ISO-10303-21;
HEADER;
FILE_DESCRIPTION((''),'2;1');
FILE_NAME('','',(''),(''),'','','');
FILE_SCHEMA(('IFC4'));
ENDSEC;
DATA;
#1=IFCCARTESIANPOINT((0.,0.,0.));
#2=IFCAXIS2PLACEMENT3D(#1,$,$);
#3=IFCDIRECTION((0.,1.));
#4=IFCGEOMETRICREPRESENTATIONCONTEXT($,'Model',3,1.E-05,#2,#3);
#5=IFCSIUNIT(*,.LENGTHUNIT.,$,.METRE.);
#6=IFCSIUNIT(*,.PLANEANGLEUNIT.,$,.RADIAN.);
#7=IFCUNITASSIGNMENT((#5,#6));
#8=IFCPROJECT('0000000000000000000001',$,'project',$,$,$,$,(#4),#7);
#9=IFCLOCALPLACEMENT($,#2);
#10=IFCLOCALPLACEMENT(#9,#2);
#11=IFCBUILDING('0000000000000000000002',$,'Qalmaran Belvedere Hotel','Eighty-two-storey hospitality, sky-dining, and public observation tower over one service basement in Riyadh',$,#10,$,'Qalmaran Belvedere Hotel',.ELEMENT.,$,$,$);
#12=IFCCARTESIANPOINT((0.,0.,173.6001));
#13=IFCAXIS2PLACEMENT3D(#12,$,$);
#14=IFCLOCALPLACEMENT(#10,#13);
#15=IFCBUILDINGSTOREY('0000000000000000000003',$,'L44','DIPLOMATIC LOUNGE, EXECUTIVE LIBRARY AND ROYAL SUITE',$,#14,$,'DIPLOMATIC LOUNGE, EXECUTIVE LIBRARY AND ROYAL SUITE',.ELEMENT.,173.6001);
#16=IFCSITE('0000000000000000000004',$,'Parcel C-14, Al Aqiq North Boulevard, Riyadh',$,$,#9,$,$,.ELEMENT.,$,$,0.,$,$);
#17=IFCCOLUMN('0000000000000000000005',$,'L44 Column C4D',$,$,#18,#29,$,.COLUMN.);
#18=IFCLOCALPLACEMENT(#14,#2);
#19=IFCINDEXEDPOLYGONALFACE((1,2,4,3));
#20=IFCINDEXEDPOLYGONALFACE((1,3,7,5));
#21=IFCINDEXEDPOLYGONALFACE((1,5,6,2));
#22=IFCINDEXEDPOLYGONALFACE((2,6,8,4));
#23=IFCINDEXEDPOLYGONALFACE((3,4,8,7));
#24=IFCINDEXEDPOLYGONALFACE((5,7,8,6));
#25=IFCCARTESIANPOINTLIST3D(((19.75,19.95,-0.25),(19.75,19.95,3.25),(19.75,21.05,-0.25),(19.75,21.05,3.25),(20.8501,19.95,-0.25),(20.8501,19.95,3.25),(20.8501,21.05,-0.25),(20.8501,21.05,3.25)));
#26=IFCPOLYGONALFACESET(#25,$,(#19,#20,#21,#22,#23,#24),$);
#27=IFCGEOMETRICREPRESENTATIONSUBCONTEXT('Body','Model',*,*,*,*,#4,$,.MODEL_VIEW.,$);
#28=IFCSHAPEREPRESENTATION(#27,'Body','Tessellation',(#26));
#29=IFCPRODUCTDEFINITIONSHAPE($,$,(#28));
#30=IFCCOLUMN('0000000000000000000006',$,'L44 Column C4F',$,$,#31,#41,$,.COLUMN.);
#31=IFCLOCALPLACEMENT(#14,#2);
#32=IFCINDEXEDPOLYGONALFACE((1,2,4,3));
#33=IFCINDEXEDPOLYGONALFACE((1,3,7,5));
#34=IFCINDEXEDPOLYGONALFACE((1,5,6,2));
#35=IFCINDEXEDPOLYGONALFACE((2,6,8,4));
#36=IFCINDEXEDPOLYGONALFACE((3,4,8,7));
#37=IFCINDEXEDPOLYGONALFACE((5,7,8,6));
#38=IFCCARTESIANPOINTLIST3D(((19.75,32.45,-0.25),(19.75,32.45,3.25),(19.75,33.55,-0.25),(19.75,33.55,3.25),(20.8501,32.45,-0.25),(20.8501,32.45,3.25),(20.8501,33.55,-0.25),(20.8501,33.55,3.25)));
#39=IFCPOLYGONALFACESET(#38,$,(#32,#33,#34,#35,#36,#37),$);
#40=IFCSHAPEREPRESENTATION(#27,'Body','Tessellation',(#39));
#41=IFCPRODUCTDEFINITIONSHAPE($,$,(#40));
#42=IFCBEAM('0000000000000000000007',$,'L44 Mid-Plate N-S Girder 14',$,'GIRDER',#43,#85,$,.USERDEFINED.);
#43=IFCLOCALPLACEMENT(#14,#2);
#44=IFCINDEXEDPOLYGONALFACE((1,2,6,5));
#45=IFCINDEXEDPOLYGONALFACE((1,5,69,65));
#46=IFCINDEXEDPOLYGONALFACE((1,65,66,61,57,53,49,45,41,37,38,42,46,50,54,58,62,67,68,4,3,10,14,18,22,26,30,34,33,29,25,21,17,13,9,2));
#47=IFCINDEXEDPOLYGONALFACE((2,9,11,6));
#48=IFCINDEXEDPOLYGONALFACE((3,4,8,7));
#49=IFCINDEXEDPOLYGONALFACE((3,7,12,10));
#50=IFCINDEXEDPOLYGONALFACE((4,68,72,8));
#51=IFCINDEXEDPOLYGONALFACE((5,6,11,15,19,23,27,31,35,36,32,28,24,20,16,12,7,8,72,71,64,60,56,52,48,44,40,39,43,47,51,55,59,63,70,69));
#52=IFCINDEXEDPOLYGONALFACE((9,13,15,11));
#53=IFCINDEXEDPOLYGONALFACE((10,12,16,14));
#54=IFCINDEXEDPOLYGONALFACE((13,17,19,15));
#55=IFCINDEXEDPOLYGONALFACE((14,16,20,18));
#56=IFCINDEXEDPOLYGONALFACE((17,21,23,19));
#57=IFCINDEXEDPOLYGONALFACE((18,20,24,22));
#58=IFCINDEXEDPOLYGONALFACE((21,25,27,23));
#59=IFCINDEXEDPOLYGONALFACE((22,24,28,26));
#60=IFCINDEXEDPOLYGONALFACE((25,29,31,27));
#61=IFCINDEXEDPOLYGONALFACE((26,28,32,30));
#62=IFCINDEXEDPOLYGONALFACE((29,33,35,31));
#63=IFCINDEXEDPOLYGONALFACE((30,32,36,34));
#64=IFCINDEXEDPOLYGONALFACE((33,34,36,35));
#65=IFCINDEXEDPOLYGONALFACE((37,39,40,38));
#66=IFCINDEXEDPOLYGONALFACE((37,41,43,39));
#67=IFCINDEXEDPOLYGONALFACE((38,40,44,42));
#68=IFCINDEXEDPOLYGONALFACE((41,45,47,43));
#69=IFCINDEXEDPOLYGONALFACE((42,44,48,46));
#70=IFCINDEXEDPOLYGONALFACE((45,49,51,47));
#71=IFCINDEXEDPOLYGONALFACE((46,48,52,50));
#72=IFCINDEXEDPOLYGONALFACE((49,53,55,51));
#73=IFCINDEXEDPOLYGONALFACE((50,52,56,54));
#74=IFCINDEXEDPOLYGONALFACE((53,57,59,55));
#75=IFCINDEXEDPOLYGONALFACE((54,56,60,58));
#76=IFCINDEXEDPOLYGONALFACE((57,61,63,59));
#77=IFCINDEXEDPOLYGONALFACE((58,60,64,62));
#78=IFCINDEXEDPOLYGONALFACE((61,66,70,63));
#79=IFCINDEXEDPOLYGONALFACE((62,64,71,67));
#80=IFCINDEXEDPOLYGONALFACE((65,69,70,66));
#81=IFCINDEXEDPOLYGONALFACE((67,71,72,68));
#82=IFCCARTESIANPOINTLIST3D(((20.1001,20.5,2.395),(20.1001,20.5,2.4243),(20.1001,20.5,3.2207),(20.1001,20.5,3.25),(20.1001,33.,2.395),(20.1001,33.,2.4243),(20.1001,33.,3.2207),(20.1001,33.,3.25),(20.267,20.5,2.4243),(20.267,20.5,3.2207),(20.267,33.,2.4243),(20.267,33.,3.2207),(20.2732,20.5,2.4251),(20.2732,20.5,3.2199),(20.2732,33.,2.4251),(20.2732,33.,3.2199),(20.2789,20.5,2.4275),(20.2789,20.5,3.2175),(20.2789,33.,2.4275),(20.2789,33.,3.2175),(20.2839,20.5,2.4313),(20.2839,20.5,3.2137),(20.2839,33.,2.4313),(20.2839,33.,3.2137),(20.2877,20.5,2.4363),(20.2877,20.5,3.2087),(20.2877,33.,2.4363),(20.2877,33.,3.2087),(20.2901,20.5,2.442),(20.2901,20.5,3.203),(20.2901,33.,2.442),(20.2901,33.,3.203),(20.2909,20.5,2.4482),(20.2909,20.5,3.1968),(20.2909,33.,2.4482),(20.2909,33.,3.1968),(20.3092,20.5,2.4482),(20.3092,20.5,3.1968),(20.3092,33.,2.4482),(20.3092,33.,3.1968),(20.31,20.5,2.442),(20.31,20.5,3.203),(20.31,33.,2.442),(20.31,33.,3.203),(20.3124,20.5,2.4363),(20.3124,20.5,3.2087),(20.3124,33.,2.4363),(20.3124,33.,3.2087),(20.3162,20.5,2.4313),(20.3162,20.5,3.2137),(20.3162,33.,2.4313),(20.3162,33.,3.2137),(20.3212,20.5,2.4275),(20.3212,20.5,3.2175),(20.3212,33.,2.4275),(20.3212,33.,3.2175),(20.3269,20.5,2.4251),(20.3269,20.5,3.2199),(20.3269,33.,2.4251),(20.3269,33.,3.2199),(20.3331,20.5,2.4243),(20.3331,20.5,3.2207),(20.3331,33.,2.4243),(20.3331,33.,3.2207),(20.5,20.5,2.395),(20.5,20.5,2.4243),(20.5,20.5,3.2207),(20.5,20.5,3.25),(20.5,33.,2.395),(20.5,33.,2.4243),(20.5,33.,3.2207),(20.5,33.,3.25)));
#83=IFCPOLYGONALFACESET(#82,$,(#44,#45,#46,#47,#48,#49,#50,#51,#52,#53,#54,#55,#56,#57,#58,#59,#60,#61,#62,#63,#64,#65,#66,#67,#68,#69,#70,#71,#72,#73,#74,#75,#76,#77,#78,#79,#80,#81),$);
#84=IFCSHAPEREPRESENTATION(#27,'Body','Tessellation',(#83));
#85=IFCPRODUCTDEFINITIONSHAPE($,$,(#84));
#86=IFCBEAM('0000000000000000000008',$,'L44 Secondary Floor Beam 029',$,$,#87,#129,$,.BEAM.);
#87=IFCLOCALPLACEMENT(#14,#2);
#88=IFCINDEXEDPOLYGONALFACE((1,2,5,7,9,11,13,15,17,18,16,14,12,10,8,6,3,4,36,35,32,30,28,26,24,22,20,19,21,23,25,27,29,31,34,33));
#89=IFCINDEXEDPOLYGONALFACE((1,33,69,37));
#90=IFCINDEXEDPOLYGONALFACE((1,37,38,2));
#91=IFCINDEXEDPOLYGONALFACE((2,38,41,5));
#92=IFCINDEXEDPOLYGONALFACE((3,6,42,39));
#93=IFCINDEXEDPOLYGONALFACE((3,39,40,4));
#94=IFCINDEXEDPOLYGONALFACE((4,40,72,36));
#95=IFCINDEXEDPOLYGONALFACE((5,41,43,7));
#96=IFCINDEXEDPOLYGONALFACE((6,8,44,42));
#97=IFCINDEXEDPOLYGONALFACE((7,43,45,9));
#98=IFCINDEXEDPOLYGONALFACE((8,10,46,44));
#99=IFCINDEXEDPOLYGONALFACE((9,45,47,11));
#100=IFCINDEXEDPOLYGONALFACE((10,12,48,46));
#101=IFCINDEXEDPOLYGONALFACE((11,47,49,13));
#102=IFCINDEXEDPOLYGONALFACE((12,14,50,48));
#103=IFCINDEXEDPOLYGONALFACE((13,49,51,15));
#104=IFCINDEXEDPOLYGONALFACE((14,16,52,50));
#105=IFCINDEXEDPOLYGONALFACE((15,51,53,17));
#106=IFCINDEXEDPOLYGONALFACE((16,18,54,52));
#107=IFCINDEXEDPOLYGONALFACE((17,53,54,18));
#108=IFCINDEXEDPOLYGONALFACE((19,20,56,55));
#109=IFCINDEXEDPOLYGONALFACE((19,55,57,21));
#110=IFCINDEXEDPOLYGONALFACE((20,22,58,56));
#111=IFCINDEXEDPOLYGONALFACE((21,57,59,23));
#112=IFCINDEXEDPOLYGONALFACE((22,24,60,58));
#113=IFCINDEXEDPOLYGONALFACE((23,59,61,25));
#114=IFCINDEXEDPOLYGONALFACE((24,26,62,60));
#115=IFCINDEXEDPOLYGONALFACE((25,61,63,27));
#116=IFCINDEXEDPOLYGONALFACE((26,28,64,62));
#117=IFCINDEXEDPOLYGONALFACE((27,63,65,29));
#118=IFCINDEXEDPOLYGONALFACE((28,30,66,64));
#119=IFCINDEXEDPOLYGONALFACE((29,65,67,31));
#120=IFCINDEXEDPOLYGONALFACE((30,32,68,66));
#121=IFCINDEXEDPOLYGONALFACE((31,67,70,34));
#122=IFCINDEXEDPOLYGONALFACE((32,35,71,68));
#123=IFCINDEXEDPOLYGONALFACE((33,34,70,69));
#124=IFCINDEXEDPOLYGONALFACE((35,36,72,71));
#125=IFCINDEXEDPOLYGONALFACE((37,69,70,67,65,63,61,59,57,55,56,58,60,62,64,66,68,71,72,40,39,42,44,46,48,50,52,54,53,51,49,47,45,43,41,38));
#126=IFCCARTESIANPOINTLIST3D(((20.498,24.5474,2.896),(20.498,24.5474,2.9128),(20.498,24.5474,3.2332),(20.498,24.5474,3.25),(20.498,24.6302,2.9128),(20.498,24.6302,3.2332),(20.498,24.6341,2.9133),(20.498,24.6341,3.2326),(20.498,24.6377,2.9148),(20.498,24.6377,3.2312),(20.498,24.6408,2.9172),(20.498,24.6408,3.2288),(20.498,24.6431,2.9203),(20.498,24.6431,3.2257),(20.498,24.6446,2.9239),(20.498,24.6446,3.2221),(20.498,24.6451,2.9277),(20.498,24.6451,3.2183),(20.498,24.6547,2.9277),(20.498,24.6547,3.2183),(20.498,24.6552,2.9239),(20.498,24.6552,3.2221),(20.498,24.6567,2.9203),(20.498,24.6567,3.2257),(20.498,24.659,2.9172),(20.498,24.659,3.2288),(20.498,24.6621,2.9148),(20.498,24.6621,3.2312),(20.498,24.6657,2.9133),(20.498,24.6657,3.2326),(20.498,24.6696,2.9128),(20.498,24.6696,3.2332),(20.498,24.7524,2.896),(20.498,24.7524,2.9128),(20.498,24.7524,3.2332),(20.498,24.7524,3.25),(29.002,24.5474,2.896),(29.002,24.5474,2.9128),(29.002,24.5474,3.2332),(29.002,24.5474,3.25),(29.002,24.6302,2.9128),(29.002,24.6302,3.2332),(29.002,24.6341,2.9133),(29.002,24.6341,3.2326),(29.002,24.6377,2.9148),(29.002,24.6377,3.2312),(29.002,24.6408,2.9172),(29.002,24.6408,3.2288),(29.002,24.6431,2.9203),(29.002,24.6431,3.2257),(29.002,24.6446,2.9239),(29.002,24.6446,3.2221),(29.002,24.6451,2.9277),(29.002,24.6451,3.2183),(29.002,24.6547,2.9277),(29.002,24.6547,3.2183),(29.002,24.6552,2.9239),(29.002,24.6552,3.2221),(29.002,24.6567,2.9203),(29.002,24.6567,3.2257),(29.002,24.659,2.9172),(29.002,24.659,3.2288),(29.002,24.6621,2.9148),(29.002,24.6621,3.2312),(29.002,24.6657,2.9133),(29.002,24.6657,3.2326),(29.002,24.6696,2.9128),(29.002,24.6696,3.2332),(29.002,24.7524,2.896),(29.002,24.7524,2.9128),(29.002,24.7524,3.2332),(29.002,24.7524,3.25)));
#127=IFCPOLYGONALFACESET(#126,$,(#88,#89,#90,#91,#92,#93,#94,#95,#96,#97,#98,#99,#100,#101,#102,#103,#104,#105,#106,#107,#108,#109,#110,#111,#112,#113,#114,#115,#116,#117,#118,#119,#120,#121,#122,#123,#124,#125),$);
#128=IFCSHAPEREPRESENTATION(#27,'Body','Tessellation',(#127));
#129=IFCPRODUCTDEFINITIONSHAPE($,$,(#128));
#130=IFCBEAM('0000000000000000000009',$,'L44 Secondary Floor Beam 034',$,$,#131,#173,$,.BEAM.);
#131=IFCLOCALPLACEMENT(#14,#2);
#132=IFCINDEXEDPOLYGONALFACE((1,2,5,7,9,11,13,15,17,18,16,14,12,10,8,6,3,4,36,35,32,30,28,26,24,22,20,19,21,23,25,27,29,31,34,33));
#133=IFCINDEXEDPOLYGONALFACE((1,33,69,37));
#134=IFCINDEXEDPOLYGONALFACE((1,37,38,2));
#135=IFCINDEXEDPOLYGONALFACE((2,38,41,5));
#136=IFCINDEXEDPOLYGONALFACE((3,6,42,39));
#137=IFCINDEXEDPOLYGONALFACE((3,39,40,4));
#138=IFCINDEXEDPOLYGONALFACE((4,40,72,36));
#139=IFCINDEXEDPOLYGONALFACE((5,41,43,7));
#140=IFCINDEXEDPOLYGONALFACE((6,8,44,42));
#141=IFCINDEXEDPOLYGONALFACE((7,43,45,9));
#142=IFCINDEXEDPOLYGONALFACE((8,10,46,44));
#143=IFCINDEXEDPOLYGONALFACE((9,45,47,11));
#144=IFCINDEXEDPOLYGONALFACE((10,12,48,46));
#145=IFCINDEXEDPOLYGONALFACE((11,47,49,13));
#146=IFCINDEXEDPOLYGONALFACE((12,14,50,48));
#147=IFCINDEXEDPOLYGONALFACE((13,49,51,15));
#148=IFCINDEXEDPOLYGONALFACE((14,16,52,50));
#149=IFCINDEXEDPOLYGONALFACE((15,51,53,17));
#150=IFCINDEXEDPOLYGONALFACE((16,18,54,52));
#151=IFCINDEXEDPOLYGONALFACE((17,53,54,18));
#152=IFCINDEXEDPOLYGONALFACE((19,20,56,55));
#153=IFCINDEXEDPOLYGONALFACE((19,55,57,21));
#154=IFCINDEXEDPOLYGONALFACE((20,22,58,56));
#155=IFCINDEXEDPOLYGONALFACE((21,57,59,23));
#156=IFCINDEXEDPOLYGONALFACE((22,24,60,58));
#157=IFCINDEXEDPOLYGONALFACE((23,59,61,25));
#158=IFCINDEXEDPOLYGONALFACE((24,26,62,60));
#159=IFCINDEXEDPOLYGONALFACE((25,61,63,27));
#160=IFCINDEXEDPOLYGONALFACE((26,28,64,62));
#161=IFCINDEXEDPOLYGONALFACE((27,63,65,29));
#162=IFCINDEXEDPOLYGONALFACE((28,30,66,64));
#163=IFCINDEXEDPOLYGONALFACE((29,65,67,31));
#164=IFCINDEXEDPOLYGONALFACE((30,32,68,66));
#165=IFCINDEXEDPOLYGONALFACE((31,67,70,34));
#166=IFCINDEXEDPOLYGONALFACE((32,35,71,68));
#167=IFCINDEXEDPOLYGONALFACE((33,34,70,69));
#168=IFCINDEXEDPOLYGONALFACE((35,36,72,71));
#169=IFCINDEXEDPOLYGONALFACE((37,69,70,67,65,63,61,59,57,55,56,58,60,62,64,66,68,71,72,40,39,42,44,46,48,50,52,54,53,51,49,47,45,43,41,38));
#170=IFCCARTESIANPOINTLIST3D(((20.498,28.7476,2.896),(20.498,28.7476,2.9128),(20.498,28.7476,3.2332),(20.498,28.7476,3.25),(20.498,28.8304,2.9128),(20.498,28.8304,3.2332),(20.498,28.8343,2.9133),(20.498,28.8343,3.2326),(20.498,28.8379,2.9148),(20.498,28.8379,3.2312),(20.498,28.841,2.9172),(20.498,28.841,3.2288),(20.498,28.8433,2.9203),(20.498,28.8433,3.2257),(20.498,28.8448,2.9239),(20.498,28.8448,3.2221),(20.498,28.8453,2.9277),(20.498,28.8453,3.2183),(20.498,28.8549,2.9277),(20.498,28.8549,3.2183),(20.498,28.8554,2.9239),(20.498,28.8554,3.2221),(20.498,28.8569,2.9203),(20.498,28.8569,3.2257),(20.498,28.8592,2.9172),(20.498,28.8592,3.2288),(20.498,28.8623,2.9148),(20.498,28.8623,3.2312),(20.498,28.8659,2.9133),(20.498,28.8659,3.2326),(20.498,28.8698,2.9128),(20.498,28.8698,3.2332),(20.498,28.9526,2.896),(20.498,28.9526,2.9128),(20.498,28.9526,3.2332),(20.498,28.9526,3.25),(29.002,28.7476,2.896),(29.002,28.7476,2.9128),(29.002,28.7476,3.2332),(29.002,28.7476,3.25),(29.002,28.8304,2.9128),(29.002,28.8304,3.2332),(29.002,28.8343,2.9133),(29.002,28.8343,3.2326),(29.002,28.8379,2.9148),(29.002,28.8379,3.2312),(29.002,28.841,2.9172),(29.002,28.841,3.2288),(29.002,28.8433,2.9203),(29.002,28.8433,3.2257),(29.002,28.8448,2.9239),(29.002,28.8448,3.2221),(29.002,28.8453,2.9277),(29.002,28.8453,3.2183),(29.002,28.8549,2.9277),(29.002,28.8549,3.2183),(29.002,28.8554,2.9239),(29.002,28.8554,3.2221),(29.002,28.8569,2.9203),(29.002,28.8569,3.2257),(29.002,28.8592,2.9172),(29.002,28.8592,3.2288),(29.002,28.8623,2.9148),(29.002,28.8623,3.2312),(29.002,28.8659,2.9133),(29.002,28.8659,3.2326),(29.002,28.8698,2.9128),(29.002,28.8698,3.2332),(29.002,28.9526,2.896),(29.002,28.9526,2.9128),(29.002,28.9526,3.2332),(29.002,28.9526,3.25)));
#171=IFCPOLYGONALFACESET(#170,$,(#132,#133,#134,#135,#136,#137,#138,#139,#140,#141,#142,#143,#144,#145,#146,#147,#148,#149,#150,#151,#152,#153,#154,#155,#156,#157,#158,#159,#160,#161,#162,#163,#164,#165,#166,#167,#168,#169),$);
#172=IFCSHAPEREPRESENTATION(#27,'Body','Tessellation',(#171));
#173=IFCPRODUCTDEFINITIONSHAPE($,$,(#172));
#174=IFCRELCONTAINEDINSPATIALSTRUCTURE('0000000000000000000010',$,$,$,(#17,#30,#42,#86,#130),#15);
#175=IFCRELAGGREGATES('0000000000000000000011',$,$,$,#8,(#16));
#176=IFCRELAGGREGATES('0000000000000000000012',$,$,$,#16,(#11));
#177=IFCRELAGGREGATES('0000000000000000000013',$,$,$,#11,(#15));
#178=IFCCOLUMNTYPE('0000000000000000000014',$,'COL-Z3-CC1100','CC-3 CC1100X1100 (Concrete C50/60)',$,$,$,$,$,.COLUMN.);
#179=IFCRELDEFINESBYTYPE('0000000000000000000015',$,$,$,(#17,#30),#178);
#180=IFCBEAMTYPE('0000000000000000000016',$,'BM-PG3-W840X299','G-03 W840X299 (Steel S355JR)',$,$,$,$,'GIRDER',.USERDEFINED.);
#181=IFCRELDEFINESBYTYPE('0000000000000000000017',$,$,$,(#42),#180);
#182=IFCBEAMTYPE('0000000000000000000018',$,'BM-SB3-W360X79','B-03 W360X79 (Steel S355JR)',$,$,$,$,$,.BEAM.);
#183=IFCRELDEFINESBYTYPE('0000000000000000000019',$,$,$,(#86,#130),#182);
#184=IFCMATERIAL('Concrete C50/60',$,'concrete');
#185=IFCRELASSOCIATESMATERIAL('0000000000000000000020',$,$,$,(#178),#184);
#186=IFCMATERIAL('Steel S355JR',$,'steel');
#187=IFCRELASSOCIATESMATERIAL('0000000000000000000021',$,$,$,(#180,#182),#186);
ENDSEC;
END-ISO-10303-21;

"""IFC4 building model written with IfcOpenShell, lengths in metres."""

from ifc_helpers import new_model, si_unit, direction, frame, origin, origin_2d, place, context, subcontext, project, spatial, rectangle, i_section, extrude, material, material_profile, profile_set, type_object, element, save


model = new_model("IFC4")

# Units and contexts
model_context = context("Model", 3, precision=1e-05, world=origin(), true_north=direction((0.0, 1.0)))
body_context = subcontext(model_context, "Body", "Model", "MODEL_VIEW")
ifc_project = project(units=[si_unit("LENGTHUNIT", "METRE"), si_unit("PLANEANGLEUNIT", "RADIAN")], contexts=[model_context])

# Site, building, storey
site_placement = place(None, origin())
site = spatial("IfcSite", under=ifc_project, at=site_placement, Name="Parcel C-14, Al Aqiq North Boulevard, Riyadh", CompositionType="ELEMENT", RefElevation=0.0)
building_placement = place(site_placement, origin())
building = spatial("IfcBuilding", under=site, at=building_placement, Name="Qalmaran Belvedere Hotel", Description="Eighty-two-storey hospitality, sky-dining, and public observation tower over one service basement in Riyadh", LongName="Qalmaran Belvedere Hotel", CompositionType="ELEMENT")
storey_placement = place(building_placement, frame((0.0, 0.0, 173.6001)))
storey = spatial("IfcBuildingStorey", under=building, at=storey_placement, Name="L44", Description="DIPLOMATIC LOUNGE, EXECUTIVE LIBRARY AND ROYAL SUITE", LongName="DIPLOMATIC LOUNGE, EXECUTIVE LIBRARY AND ROYAL SUITE", CompositionType="ELEMENT", Elevation=173.6001)

# Columns
ifc_material_1 = material(Name="Concrete C50/60", Category="concrete")
ifc_material_profile_1 = material_profile(ifc_material_1, rectangle(XDim=1.1001, YDim=1.1001, at=origin_2d()), Name="CC1100X1100")
ifc_profile_set_1 = profile_set([ifc_material_profile_1], Name="Concrete C50/60")
column_type = type_object("IfcColumnType", Name="COL-Z3-CC1100", Description="CC-3 CC1100X1100 (Concrete C50/60)", PredefinedType="COLUMN", material=ifc_profile_set_1)
for number, where, z_axis, x_axis, name in (
    (1, (20.3, 20.5, -0.25), (0.0, 0.0, 1.0), (1.0, 0.0, 0.0), "L44 Column C4D"),
    (2, (20.3, 33.0, -0.25), (0.0, 0.0, 1.0), (1.0, 0.0, 0.0), "L44 Column C4F"),
):
    element("IfcColumn", number, at=place(storey_placement, frame(where, z_axis=z_axis, x_axis=x_axis)), inside=storey, type_object=column_type, Name=name, PredefinedType="COLUMN", context=body_context, shape_type="SweptSolid", body=[
        extrude(rectangle(XDim=1.1001, YDim=1.1001, at=origin_2d()), origin(), (0.0, 0.0, 1.0), 3.5),
    ])

# Beams
ifc_material_2 = material(Name="Steel S355JR", Category="steel")
ifc_material_profile_2 = material_profile(ifc_material_2, i_section(OverallWidth=0.3999, OverallDepth=0.855, WebThickness=0.0183, FlangeThickness=0.0293, FilletRadius=0.0239, at=origin_2d()), Name="W840X299")
ifc_profile_set_2 = profile_set([ifc_material_profile_2], Name="Steel S355JR")
beam_type_1 = type_object("IfcBeamType", Name="BM-PG3-W840X299", Description="G-03 W840X299 (Steel S355JR)", ElementType="GIRDER", PredefinedType="USERDEFINED", material=ifc_profile_set_2)
beam_1_placement = place(storey_placement, frame((20.3, 20.5, 2.8225), z_axis=(0.0, 1.0, 0.0), x_axis=(-1.0, 0.0, 0.0)))
element("IfcBeam", 3, at=beam_1_placement, inside=storey, type_object=beam_type_1, Name="L44 Mid-Plate N-S Girder 14", ObjectType="GIRDER", PredefinedType="USERDEFINED", context=body_context, shape_type="SweptSolid", body=[
    extrude(i_section(OverallWidth=0.3999, OverallDepth=0.855, WebThickness=0.0183, FlangeThickness=0.0293, FilletRadius=0.0239, at=origin_2d()), origin(), (0.0, 0.0, 1.0), 12.5),
])
ifc_material_profile_3 = material_profile(ifc_material_2, i_section(OverallWidth=0.2051, OverallDepth=0.354, WebThickness=0.0095, FlangeThickness=0.0168, FilletRadius=0.0149, at=origin_2d()), Name="W360X79")
ifc_profile_set_3 = profile_set([ifc_material_profile_3], Name="Steel S355JR")
beam_type_2 = type_object("IfcBeamType", Name="BM-SB3-W360X79", Description="B-03 W360X79 (Steel S355JR)", PredefinedType="BEAM", material=ifc_profile_set_3)
for number, where, z_axis, x_axis, name in (
    (4, (20.498, 24.6499, 3.073), (1.0, 0.0, 0.0), (0.0, 1.0, 0.0), "L44 Secondary Floor Beam 029"),
    (5, (20.498, 28.8501, 3.073), (1.0, 0.0, 0.0), (0.0, 1.0, 0.0), "L44 Secondary Floor Beam 034"),
):
    element("IfcBeam", number, at=place(storey_placement, frame(where, z_axis=z_axis, x_axis=x_axis)), inside=storey, type_object=beam_type_2, Name=name, PredefinedType="BEAM", context=body_context, shape_type="SweptSolid", body=[
        extrude(i_section(OverallWidth=0.2051, OverallDepth=0.354, WebThickness=0.0095, FlangeThickness=0.0168, FilletRadius=0.0149, at=origin_2d()), origin(), (0.0, 0.0, 1.0), 8.5039),
    ])

save(model, "model.ifc")
